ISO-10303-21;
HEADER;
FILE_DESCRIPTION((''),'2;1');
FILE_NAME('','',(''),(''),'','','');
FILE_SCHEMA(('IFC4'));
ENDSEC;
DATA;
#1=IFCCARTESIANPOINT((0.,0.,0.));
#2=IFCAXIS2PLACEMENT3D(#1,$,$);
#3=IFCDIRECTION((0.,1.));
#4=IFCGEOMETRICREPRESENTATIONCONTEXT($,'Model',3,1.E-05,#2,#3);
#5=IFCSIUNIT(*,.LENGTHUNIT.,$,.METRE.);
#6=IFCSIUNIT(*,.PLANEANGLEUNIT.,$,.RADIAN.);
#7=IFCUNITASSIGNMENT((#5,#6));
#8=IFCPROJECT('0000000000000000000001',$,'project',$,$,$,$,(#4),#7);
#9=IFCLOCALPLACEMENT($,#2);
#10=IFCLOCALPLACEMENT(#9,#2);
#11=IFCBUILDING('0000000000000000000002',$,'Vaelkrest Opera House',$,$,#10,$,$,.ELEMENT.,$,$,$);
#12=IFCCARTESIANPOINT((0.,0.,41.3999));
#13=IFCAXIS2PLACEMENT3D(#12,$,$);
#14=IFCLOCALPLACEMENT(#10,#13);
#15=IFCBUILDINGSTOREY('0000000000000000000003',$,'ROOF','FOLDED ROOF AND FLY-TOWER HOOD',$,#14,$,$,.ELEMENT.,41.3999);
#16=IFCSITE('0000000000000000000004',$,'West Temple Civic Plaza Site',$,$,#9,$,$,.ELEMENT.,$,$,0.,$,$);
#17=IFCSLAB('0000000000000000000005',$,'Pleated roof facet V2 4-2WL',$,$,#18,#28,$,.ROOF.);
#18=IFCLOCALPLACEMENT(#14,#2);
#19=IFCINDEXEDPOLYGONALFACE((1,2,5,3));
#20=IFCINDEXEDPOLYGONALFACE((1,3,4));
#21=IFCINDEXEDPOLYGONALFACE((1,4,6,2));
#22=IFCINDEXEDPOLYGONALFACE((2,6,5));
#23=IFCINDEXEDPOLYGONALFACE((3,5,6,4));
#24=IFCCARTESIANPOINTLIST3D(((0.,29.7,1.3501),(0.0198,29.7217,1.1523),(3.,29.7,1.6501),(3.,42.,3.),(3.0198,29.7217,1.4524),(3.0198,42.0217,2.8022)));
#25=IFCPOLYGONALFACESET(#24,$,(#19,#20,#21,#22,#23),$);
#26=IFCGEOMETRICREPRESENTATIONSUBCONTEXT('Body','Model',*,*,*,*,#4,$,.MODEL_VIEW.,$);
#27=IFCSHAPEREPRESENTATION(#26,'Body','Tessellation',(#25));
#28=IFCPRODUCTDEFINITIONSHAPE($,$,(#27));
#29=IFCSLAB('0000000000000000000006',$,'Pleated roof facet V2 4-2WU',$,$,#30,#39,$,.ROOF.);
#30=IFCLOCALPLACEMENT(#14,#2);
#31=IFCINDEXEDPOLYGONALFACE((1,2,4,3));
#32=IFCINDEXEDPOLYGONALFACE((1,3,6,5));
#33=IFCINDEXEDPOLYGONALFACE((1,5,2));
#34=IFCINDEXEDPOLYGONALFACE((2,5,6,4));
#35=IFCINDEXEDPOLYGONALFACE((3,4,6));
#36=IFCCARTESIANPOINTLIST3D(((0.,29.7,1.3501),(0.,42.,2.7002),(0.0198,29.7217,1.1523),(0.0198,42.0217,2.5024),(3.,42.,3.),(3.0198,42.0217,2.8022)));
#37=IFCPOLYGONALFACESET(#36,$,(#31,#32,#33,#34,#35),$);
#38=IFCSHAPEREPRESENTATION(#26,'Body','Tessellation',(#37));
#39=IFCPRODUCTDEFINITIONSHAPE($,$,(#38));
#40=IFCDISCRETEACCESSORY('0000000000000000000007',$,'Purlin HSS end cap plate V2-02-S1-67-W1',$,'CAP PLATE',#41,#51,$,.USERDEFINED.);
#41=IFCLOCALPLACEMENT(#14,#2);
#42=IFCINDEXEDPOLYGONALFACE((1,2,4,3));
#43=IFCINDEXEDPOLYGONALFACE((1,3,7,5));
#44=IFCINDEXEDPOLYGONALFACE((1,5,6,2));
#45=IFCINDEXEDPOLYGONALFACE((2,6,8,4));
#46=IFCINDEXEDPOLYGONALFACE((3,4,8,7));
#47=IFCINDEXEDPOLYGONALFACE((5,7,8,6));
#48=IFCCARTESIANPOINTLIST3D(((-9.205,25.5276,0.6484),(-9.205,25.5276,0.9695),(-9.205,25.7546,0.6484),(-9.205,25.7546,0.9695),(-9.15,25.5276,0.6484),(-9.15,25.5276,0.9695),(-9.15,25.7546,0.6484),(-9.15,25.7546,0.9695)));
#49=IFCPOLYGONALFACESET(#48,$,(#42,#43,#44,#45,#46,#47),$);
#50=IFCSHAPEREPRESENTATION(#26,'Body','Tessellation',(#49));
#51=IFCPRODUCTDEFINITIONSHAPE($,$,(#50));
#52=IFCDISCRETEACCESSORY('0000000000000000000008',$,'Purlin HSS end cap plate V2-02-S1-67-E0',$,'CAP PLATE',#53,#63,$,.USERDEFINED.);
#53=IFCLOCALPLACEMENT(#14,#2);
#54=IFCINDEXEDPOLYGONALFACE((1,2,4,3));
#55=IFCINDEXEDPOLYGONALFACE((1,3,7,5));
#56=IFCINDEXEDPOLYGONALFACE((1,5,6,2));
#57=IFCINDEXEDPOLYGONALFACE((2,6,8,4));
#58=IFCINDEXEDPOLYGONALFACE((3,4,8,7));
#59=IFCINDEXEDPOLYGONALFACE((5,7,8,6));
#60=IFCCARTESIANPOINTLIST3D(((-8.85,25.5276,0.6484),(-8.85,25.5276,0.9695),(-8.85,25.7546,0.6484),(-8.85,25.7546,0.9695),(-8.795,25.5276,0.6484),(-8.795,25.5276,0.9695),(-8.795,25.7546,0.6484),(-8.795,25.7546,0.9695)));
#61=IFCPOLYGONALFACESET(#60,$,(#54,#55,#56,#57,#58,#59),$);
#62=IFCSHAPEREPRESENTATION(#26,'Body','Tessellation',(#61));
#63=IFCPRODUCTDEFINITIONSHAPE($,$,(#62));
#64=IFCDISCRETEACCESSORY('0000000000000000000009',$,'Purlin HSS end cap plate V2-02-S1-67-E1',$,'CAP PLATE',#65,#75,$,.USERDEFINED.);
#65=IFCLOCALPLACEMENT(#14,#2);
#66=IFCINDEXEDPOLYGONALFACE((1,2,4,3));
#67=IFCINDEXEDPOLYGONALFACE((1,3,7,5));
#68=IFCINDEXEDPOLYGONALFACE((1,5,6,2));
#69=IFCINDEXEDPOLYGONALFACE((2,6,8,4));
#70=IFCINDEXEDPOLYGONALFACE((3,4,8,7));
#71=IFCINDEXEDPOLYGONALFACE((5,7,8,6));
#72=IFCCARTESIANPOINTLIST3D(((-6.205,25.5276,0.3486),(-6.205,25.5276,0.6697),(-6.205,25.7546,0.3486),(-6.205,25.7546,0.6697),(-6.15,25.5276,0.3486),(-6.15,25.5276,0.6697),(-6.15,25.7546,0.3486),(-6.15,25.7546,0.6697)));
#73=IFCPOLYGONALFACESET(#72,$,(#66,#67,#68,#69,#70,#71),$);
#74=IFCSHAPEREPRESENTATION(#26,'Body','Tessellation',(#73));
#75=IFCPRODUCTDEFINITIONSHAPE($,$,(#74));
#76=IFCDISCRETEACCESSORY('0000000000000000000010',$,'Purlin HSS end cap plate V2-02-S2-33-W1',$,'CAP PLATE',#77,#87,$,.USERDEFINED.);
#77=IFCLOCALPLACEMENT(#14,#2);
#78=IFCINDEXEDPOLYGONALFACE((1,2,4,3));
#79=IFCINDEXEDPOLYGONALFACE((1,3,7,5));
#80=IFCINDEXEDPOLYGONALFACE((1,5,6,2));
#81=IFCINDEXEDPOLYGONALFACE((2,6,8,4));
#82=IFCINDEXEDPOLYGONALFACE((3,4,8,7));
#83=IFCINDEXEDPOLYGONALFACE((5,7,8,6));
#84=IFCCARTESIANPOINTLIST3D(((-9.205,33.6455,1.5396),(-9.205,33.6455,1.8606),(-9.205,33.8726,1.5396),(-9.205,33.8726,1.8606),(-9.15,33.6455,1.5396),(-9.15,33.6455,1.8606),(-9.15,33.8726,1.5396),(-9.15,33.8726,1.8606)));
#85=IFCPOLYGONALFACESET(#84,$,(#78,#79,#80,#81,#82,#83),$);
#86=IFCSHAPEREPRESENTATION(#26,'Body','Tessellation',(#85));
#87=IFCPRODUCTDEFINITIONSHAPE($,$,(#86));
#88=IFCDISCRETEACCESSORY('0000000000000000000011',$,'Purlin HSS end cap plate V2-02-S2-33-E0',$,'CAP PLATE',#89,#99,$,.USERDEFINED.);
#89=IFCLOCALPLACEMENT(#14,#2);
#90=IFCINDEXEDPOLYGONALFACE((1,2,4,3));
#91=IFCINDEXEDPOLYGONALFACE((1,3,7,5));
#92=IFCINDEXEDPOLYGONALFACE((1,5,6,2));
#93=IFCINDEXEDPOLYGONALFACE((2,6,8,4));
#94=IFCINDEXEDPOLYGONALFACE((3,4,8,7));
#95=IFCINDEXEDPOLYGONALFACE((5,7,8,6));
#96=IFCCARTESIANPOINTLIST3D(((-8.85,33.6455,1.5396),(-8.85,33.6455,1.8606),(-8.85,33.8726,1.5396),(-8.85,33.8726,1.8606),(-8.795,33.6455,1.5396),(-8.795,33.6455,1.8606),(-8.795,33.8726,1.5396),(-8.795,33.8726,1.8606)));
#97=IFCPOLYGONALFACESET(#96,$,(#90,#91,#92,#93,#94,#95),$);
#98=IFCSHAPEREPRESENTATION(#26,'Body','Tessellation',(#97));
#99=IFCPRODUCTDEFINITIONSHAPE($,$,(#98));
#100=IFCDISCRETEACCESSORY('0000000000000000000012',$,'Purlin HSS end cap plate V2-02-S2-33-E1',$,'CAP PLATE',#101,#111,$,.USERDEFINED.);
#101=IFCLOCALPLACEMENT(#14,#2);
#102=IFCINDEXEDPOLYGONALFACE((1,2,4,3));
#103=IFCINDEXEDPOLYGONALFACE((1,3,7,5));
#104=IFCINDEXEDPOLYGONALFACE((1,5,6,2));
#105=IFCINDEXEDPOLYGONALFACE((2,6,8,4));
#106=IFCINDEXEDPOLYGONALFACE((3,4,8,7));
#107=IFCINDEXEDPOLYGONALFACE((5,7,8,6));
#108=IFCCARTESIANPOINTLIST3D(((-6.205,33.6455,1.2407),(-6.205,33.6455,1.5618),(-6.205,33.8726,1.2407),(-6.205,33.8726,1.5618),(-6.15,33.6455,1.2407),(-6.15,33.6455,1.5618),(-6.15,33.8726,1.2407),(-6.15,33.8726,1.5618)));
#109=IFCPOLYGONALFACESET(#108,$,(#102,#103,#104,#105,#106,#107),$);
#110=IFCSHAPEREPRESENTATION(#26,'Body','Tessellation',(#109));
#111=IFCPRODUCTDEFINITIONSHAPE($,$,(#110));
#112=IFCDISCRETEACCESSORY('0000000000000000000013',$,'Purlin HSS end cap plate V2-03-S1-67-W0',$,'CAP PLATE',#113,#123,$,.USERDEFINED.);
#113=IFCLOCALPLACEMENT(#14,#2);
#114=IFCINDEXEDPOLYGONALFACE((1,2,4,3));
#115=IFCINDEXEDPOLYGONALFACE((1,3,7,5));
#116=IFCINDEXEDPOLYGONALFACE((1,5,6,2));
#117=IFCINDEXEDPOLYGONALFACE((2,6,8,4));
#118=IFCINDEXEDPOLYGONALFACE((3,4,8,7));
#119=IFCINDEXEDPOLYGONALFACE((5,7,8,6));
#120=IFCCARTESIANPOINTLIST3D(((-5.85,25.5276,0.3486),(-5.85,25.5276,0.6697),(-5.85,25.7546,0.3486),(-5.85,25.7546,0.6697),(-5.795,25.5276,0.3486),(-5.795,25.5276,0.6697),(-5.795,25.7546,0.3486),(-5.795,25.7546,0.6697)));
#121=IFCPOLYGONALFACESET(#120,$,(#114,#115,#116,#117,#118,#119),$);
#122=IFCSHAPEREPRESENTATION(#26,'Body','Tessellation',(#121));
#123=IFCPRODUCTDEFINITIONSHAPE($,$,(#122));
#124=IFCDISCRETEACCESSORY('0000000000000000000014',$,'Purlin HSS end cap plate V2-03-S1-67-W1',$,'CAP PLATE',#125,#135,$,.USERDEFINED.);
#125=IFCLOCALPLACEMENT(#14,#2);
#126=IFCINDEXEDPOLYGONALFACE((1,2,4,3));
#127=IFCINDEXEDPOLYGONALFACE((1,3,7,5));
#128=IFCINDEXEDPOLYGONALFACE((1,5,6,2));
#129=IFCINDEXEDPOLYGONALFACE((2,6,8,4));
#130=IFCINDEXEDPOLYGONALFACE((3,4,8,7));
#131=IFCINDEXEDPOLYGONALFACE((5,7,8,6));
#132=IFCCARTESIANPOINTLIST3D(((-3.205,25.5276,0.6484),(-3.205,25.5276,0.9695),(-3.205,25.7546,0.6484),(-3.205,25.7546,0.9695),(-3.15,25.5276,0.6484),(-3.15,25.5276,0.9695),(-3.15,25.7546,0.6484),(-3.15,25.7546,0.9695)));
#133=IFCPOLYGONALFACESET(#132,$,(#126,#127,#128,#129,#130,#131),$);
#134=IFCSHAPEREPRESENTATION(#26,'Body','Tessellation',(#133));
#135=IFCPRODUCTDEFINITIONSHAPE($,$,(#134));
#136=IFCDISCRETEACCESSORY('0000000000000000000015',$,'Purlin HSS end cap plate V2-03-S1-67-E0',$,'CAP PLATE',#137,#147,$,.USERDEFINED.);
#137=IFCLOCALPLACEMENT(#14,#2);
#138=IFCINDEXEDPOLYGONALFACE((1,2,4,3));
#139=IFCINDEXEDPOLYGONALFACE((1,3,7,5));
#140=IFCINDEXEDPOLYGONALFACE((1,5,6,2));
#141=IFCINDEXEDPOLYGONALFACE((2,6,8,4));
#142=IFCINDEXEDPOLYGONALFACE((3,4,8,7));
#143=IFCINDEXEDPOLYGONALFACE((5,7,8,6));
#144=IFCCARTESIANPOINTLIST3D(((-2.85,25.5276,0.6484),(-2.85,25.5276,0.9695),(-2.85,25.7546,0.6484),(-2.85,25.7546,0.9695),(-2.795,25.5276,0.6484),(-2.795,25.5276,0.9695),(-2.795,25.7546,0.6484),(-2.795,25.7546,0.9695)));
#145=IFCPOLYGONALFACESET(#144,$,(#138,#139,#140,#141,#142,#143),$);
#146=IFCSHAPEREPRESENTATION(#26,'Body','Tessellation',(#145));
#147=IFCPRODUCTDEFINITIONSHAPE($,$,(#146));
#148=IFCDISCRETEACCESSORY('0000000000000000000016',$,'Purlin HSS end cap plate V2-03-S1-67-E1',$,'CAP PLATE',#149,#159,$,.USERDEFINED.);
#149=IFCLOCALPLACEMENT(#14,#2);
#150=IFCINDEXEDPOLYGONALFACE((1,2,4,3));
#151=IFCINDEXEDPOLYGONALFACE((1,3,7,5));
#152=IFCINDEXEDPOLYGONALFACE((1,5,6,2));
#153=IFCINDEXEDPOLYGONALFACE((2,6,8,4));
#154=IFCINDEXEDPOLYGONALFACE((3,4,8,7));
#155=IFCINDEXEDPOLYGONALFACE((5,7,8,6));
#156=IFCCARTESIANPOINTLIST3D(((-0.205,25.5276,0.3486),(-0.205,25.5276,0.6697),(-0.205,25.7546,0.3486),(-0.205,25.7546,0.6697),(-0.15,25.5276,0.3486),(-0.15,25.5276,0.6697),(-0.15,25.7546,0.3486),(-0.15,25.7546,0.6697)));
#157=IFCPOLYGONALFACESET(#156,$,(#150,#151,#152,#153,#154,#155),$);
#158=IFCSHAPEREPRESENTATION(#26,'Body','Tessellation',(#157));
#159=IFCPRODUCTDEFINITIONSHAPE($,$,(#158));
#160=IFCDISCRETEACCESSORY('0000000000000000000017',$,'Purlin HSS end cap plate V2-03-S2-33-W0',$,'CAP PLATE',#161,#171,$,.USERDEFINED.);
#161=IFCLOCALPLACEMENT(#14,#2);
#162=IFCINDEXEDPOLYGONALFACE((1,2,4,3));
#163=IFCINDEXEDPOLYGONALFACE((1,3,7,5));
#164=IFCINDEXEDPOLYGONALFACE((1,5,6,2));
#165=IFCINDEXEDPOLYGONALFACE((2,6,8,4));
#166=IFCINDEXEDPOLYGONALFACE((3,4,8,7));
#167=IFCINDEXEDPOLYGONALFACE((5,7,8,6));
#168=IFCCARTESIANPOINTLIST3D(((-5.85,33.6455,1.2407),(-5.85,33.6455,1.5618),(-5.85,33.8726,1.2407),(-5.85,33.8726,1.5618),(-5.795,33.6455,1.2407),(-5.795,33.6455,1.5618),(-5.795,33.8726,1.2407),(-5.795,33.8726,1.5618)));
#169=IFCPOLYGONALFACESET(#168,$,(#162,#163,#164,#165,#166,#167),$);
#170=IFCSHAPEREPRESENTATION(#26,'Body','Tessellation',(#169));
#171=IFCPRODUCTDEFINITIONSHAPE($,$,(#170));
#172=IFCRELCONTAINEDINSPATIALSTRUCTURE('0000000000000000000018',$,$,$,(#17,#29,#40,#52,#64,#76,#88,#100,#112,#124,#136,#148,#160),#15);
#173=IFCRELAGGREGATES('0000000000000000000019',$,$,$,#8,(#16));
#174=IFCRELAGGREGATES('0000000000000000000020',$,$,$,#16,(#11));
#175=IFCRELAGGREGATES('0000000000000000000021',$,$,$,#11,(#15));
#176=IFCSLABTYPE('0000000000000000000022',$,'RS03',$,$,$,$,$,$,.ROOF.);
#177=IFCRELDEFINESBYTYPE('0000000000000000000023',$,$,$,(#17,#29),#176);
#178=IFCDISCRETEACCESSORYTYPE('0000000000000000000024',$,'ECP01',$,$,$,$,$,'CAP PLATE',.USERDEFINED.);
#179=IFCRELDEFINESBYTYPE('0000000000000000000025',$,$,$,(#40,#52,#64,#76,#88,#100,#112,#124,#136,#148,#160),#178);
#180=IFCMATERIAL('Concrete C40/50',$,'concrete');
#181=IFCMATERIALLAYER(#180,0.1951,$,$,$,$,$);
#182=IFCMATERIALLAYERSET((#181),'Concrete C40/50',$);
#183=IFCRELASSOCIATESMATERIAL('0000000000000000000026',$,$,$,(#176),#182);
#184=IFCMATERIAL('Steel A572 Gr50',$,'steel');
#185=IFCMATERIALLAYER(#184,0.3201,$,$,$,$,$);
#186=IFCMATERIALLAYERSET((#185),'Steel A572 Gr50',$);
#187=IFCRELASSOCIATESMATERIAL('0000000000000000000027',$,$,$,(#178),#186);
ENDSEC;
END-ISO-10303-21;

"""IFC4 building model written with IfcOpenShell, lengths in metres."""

from ifc_helpers import new_model, si_unit, direction, frame, origin, origin_2d, place, context, subcontext, project, spatial, polyline, rectangle, outline, extrude, material, layer, layer_set, type_object, element, save


model = new_model("IFC4")

# Units and contexts
model_context = context("Model", 3, precision=1e-05, world=origin(), true_north=direction((0.0, 1.0)))
body_context = subcontext(model_context, "Body", "Model", "MODEL_VIEW")
ifc_project = project(units=[si_unit("LENGTHUNIT", "METRE"), si_unit("PLANEANGLEUNIT", "RADIAN")], contexts=[model_context])

# Site, building, storey
site_placement = place(None, origin())
site = spatial("IfcSite", under=ifc_project, at=site_placement, Name="West Temple Civic Plaza Site", CompositionType="ELEMENT", RefElevation=0.0)
building_placement = place(site_placement, origin())
building = spatial("IfcBuilding", under=site, at=building_placement, Name="Vaelkrest Opera House", CompositionType="ELEMENT")
storey_placement = place(building_placement, frame((0.0, 0.0, 41.3999)))
storey = spatial("IfcBuildingStorey", under=building, at=storey_placement, Name="ROOF", Description="FOLDED ROOF AND FLY-TOWER HOOD", CompositionType="ELEMENT", Elevation=41.3999)

# Slabs
ifc_material_1 = material(Name="Concrete C40/50", Category="concrete")
ifc_layer_1 = layer(ifc_material_1, 0.1951)
ifc_layer_set_1 = layer_set([ifc_layer_1], Name="Concrete C40/50")
slab_type = type_object("IfcSlabType", Name="RS03", PredefinedType="ROOF", material=ifc_layer_set_1)
slab_1_placement = place(storey_placement, frame((0.0, 29.7, 1.3501), z_axis=(-0.098932, -0.108554, 0.989156), x_axis=(0.995036, 0.0, 0.09952)))
element("IfcSlab", 1, at=slab_1_placement, inside=storey, type_object=slab_type, Name="Pleated roof facet V2 4-2WL", PredefinedType="ROOF", context=body_context, shape_type="SweptSolid", body=[
    extrude(outline(polyline([(0.0, 0.0), (3.015, 0.0), (3.1493, 12.3732), (0.0, 0.0)])), origin(), (0.0, 0.0, -1.0), 0.2),
])
slab_2_placement = place(storey_placement, frame((0.0, 29.7, 1.3501), z_axis=(-0.098852, -0.108574, 0.989161), x_axis=(0.234968, 0.963375, 0.129225)))
element("IfcSlab", 2, at=slab_2_placement, inside=storey, type_object=slab_type, Name="Pleated roof facet V2 4-2WU", PredefinedType="ROOF", context=body_context, shape_type="SweptSolid", body=[
    extrude(outline(polyline([(0.0, 0.0), (12.7677, 0.0), (12.024, 2.9218), (0.0, 0.0)])), origin(), (0.0, 0.0, -1.0), 0.2),
])

# Discrete accessories
ifc_material_2 = material(Name="Steel A572 Gr50", Category="steel")
ifc_layer_2 = layer(ifc_material_2, 0.3201)
ifc_layer_set_2 = layer_set([ifc_layer_2], Name="Steel A572 Gr50")
discrete_accessory_type = type_object("IfcDiscreteAccessoryType", Name="ECP01", ElementType="CAP PLATE", PredefinedType="USERDEFINED", material=ifc_layer_set_2)
for number, where, z_axis, x_axis, name in (
    (3, (-9.1775, 25.6411, 0.6484), (0.0, 0.0, 1.0), (1.0, 0.0, 0.0), "Purlin HSS end cap plate V2-02-S1-67-W1"),
    (4, (-8.8225, 25.6411, 0.6484), (0.0, 0.0, 1.0), (1.0, 0.0, 0.0), "Purlin HSS end cap plate V2-02-S1-67-E0"),
    (5, (-6.1775, 25.6411, 0.3486), (0.0, 0.0, 1.0), (1.0, 0.0, 0.0), "Purlin HSS end cap plate V2-02-S1-67-E1"),
    (6, (-9.1775, 33.759, 1.5396), (0.0, 0.0, 1.0), (1.0, 0.0, 0.0), "Purlin HSS end cap plate V2-02-S2-33-W1"),
    (7, (-8.8225, 33.759, 1.5396), (0.0, 0.0, 1.0), (1.0, 0.0, 0.0), "Purlin HSS end cap plate V2-02-S2-33-E0"),
    (8, (-6.1775, 33.759, 1.2407), (0.0, 0.0, 1.0), (1.0, 0.0, 0.0), "Purlin HSS end cap plate V2-02-S2-33-E1"),
    (9, (-5.8225, 25.6411, 0.3486), (0.0, 0.0, 1.0), (1.0, 0.0, 0.0), "Purlin HSS end cap plate V2-03-S1-67-W0"),
    (10, (-3.1775, 25.6411, 0.6484), (0.0, 0.0, 1.0), (1.0, 0.0, 0.0), "Purlin HSS end cap plate V2-03-S1-67-W1"),
    (11, (-2.8225, 25.6411, 0.6484), (0.0, 0.0, 1.0), (1.0, 0.0, 0.0), "Purlin HSS end cap plate V2-03-S1-67-E0"),
    (12, (-0.1775, 25.6411, 0.3486), (0.0, 0.0, 1.0), (1.0, 0.0, 0.0), "Purlin HSS end cap plate V2-03-S1-67-E1"),
    (13, (-5.8225, 33.759, 1.2407), (0.0, 0.0, 1.0), (1.0, 0.0, 0.0), "Purlin HSS end cap plate V2-03-S2-33-W0"),
):
    element("IfcDiscreteAccessory", number, at=place(storey_placement, frame(where, z_axis=z_axis, x_axis=x_axis)), inside=storey, type_object=discrete_accessory_type, Name=name, ObjectType="CAP PLATE", PredefinedType="USERDEFINED", context=body_context, shape_type="SweptSolid", body=[
        extrude(rectangle(XDim=0.0549, YDim=0.2271, at=origin_2d()), origin(), (0.0, 0.0, 1.0), 0.321),
    ])

save(model, "model.ifc")
